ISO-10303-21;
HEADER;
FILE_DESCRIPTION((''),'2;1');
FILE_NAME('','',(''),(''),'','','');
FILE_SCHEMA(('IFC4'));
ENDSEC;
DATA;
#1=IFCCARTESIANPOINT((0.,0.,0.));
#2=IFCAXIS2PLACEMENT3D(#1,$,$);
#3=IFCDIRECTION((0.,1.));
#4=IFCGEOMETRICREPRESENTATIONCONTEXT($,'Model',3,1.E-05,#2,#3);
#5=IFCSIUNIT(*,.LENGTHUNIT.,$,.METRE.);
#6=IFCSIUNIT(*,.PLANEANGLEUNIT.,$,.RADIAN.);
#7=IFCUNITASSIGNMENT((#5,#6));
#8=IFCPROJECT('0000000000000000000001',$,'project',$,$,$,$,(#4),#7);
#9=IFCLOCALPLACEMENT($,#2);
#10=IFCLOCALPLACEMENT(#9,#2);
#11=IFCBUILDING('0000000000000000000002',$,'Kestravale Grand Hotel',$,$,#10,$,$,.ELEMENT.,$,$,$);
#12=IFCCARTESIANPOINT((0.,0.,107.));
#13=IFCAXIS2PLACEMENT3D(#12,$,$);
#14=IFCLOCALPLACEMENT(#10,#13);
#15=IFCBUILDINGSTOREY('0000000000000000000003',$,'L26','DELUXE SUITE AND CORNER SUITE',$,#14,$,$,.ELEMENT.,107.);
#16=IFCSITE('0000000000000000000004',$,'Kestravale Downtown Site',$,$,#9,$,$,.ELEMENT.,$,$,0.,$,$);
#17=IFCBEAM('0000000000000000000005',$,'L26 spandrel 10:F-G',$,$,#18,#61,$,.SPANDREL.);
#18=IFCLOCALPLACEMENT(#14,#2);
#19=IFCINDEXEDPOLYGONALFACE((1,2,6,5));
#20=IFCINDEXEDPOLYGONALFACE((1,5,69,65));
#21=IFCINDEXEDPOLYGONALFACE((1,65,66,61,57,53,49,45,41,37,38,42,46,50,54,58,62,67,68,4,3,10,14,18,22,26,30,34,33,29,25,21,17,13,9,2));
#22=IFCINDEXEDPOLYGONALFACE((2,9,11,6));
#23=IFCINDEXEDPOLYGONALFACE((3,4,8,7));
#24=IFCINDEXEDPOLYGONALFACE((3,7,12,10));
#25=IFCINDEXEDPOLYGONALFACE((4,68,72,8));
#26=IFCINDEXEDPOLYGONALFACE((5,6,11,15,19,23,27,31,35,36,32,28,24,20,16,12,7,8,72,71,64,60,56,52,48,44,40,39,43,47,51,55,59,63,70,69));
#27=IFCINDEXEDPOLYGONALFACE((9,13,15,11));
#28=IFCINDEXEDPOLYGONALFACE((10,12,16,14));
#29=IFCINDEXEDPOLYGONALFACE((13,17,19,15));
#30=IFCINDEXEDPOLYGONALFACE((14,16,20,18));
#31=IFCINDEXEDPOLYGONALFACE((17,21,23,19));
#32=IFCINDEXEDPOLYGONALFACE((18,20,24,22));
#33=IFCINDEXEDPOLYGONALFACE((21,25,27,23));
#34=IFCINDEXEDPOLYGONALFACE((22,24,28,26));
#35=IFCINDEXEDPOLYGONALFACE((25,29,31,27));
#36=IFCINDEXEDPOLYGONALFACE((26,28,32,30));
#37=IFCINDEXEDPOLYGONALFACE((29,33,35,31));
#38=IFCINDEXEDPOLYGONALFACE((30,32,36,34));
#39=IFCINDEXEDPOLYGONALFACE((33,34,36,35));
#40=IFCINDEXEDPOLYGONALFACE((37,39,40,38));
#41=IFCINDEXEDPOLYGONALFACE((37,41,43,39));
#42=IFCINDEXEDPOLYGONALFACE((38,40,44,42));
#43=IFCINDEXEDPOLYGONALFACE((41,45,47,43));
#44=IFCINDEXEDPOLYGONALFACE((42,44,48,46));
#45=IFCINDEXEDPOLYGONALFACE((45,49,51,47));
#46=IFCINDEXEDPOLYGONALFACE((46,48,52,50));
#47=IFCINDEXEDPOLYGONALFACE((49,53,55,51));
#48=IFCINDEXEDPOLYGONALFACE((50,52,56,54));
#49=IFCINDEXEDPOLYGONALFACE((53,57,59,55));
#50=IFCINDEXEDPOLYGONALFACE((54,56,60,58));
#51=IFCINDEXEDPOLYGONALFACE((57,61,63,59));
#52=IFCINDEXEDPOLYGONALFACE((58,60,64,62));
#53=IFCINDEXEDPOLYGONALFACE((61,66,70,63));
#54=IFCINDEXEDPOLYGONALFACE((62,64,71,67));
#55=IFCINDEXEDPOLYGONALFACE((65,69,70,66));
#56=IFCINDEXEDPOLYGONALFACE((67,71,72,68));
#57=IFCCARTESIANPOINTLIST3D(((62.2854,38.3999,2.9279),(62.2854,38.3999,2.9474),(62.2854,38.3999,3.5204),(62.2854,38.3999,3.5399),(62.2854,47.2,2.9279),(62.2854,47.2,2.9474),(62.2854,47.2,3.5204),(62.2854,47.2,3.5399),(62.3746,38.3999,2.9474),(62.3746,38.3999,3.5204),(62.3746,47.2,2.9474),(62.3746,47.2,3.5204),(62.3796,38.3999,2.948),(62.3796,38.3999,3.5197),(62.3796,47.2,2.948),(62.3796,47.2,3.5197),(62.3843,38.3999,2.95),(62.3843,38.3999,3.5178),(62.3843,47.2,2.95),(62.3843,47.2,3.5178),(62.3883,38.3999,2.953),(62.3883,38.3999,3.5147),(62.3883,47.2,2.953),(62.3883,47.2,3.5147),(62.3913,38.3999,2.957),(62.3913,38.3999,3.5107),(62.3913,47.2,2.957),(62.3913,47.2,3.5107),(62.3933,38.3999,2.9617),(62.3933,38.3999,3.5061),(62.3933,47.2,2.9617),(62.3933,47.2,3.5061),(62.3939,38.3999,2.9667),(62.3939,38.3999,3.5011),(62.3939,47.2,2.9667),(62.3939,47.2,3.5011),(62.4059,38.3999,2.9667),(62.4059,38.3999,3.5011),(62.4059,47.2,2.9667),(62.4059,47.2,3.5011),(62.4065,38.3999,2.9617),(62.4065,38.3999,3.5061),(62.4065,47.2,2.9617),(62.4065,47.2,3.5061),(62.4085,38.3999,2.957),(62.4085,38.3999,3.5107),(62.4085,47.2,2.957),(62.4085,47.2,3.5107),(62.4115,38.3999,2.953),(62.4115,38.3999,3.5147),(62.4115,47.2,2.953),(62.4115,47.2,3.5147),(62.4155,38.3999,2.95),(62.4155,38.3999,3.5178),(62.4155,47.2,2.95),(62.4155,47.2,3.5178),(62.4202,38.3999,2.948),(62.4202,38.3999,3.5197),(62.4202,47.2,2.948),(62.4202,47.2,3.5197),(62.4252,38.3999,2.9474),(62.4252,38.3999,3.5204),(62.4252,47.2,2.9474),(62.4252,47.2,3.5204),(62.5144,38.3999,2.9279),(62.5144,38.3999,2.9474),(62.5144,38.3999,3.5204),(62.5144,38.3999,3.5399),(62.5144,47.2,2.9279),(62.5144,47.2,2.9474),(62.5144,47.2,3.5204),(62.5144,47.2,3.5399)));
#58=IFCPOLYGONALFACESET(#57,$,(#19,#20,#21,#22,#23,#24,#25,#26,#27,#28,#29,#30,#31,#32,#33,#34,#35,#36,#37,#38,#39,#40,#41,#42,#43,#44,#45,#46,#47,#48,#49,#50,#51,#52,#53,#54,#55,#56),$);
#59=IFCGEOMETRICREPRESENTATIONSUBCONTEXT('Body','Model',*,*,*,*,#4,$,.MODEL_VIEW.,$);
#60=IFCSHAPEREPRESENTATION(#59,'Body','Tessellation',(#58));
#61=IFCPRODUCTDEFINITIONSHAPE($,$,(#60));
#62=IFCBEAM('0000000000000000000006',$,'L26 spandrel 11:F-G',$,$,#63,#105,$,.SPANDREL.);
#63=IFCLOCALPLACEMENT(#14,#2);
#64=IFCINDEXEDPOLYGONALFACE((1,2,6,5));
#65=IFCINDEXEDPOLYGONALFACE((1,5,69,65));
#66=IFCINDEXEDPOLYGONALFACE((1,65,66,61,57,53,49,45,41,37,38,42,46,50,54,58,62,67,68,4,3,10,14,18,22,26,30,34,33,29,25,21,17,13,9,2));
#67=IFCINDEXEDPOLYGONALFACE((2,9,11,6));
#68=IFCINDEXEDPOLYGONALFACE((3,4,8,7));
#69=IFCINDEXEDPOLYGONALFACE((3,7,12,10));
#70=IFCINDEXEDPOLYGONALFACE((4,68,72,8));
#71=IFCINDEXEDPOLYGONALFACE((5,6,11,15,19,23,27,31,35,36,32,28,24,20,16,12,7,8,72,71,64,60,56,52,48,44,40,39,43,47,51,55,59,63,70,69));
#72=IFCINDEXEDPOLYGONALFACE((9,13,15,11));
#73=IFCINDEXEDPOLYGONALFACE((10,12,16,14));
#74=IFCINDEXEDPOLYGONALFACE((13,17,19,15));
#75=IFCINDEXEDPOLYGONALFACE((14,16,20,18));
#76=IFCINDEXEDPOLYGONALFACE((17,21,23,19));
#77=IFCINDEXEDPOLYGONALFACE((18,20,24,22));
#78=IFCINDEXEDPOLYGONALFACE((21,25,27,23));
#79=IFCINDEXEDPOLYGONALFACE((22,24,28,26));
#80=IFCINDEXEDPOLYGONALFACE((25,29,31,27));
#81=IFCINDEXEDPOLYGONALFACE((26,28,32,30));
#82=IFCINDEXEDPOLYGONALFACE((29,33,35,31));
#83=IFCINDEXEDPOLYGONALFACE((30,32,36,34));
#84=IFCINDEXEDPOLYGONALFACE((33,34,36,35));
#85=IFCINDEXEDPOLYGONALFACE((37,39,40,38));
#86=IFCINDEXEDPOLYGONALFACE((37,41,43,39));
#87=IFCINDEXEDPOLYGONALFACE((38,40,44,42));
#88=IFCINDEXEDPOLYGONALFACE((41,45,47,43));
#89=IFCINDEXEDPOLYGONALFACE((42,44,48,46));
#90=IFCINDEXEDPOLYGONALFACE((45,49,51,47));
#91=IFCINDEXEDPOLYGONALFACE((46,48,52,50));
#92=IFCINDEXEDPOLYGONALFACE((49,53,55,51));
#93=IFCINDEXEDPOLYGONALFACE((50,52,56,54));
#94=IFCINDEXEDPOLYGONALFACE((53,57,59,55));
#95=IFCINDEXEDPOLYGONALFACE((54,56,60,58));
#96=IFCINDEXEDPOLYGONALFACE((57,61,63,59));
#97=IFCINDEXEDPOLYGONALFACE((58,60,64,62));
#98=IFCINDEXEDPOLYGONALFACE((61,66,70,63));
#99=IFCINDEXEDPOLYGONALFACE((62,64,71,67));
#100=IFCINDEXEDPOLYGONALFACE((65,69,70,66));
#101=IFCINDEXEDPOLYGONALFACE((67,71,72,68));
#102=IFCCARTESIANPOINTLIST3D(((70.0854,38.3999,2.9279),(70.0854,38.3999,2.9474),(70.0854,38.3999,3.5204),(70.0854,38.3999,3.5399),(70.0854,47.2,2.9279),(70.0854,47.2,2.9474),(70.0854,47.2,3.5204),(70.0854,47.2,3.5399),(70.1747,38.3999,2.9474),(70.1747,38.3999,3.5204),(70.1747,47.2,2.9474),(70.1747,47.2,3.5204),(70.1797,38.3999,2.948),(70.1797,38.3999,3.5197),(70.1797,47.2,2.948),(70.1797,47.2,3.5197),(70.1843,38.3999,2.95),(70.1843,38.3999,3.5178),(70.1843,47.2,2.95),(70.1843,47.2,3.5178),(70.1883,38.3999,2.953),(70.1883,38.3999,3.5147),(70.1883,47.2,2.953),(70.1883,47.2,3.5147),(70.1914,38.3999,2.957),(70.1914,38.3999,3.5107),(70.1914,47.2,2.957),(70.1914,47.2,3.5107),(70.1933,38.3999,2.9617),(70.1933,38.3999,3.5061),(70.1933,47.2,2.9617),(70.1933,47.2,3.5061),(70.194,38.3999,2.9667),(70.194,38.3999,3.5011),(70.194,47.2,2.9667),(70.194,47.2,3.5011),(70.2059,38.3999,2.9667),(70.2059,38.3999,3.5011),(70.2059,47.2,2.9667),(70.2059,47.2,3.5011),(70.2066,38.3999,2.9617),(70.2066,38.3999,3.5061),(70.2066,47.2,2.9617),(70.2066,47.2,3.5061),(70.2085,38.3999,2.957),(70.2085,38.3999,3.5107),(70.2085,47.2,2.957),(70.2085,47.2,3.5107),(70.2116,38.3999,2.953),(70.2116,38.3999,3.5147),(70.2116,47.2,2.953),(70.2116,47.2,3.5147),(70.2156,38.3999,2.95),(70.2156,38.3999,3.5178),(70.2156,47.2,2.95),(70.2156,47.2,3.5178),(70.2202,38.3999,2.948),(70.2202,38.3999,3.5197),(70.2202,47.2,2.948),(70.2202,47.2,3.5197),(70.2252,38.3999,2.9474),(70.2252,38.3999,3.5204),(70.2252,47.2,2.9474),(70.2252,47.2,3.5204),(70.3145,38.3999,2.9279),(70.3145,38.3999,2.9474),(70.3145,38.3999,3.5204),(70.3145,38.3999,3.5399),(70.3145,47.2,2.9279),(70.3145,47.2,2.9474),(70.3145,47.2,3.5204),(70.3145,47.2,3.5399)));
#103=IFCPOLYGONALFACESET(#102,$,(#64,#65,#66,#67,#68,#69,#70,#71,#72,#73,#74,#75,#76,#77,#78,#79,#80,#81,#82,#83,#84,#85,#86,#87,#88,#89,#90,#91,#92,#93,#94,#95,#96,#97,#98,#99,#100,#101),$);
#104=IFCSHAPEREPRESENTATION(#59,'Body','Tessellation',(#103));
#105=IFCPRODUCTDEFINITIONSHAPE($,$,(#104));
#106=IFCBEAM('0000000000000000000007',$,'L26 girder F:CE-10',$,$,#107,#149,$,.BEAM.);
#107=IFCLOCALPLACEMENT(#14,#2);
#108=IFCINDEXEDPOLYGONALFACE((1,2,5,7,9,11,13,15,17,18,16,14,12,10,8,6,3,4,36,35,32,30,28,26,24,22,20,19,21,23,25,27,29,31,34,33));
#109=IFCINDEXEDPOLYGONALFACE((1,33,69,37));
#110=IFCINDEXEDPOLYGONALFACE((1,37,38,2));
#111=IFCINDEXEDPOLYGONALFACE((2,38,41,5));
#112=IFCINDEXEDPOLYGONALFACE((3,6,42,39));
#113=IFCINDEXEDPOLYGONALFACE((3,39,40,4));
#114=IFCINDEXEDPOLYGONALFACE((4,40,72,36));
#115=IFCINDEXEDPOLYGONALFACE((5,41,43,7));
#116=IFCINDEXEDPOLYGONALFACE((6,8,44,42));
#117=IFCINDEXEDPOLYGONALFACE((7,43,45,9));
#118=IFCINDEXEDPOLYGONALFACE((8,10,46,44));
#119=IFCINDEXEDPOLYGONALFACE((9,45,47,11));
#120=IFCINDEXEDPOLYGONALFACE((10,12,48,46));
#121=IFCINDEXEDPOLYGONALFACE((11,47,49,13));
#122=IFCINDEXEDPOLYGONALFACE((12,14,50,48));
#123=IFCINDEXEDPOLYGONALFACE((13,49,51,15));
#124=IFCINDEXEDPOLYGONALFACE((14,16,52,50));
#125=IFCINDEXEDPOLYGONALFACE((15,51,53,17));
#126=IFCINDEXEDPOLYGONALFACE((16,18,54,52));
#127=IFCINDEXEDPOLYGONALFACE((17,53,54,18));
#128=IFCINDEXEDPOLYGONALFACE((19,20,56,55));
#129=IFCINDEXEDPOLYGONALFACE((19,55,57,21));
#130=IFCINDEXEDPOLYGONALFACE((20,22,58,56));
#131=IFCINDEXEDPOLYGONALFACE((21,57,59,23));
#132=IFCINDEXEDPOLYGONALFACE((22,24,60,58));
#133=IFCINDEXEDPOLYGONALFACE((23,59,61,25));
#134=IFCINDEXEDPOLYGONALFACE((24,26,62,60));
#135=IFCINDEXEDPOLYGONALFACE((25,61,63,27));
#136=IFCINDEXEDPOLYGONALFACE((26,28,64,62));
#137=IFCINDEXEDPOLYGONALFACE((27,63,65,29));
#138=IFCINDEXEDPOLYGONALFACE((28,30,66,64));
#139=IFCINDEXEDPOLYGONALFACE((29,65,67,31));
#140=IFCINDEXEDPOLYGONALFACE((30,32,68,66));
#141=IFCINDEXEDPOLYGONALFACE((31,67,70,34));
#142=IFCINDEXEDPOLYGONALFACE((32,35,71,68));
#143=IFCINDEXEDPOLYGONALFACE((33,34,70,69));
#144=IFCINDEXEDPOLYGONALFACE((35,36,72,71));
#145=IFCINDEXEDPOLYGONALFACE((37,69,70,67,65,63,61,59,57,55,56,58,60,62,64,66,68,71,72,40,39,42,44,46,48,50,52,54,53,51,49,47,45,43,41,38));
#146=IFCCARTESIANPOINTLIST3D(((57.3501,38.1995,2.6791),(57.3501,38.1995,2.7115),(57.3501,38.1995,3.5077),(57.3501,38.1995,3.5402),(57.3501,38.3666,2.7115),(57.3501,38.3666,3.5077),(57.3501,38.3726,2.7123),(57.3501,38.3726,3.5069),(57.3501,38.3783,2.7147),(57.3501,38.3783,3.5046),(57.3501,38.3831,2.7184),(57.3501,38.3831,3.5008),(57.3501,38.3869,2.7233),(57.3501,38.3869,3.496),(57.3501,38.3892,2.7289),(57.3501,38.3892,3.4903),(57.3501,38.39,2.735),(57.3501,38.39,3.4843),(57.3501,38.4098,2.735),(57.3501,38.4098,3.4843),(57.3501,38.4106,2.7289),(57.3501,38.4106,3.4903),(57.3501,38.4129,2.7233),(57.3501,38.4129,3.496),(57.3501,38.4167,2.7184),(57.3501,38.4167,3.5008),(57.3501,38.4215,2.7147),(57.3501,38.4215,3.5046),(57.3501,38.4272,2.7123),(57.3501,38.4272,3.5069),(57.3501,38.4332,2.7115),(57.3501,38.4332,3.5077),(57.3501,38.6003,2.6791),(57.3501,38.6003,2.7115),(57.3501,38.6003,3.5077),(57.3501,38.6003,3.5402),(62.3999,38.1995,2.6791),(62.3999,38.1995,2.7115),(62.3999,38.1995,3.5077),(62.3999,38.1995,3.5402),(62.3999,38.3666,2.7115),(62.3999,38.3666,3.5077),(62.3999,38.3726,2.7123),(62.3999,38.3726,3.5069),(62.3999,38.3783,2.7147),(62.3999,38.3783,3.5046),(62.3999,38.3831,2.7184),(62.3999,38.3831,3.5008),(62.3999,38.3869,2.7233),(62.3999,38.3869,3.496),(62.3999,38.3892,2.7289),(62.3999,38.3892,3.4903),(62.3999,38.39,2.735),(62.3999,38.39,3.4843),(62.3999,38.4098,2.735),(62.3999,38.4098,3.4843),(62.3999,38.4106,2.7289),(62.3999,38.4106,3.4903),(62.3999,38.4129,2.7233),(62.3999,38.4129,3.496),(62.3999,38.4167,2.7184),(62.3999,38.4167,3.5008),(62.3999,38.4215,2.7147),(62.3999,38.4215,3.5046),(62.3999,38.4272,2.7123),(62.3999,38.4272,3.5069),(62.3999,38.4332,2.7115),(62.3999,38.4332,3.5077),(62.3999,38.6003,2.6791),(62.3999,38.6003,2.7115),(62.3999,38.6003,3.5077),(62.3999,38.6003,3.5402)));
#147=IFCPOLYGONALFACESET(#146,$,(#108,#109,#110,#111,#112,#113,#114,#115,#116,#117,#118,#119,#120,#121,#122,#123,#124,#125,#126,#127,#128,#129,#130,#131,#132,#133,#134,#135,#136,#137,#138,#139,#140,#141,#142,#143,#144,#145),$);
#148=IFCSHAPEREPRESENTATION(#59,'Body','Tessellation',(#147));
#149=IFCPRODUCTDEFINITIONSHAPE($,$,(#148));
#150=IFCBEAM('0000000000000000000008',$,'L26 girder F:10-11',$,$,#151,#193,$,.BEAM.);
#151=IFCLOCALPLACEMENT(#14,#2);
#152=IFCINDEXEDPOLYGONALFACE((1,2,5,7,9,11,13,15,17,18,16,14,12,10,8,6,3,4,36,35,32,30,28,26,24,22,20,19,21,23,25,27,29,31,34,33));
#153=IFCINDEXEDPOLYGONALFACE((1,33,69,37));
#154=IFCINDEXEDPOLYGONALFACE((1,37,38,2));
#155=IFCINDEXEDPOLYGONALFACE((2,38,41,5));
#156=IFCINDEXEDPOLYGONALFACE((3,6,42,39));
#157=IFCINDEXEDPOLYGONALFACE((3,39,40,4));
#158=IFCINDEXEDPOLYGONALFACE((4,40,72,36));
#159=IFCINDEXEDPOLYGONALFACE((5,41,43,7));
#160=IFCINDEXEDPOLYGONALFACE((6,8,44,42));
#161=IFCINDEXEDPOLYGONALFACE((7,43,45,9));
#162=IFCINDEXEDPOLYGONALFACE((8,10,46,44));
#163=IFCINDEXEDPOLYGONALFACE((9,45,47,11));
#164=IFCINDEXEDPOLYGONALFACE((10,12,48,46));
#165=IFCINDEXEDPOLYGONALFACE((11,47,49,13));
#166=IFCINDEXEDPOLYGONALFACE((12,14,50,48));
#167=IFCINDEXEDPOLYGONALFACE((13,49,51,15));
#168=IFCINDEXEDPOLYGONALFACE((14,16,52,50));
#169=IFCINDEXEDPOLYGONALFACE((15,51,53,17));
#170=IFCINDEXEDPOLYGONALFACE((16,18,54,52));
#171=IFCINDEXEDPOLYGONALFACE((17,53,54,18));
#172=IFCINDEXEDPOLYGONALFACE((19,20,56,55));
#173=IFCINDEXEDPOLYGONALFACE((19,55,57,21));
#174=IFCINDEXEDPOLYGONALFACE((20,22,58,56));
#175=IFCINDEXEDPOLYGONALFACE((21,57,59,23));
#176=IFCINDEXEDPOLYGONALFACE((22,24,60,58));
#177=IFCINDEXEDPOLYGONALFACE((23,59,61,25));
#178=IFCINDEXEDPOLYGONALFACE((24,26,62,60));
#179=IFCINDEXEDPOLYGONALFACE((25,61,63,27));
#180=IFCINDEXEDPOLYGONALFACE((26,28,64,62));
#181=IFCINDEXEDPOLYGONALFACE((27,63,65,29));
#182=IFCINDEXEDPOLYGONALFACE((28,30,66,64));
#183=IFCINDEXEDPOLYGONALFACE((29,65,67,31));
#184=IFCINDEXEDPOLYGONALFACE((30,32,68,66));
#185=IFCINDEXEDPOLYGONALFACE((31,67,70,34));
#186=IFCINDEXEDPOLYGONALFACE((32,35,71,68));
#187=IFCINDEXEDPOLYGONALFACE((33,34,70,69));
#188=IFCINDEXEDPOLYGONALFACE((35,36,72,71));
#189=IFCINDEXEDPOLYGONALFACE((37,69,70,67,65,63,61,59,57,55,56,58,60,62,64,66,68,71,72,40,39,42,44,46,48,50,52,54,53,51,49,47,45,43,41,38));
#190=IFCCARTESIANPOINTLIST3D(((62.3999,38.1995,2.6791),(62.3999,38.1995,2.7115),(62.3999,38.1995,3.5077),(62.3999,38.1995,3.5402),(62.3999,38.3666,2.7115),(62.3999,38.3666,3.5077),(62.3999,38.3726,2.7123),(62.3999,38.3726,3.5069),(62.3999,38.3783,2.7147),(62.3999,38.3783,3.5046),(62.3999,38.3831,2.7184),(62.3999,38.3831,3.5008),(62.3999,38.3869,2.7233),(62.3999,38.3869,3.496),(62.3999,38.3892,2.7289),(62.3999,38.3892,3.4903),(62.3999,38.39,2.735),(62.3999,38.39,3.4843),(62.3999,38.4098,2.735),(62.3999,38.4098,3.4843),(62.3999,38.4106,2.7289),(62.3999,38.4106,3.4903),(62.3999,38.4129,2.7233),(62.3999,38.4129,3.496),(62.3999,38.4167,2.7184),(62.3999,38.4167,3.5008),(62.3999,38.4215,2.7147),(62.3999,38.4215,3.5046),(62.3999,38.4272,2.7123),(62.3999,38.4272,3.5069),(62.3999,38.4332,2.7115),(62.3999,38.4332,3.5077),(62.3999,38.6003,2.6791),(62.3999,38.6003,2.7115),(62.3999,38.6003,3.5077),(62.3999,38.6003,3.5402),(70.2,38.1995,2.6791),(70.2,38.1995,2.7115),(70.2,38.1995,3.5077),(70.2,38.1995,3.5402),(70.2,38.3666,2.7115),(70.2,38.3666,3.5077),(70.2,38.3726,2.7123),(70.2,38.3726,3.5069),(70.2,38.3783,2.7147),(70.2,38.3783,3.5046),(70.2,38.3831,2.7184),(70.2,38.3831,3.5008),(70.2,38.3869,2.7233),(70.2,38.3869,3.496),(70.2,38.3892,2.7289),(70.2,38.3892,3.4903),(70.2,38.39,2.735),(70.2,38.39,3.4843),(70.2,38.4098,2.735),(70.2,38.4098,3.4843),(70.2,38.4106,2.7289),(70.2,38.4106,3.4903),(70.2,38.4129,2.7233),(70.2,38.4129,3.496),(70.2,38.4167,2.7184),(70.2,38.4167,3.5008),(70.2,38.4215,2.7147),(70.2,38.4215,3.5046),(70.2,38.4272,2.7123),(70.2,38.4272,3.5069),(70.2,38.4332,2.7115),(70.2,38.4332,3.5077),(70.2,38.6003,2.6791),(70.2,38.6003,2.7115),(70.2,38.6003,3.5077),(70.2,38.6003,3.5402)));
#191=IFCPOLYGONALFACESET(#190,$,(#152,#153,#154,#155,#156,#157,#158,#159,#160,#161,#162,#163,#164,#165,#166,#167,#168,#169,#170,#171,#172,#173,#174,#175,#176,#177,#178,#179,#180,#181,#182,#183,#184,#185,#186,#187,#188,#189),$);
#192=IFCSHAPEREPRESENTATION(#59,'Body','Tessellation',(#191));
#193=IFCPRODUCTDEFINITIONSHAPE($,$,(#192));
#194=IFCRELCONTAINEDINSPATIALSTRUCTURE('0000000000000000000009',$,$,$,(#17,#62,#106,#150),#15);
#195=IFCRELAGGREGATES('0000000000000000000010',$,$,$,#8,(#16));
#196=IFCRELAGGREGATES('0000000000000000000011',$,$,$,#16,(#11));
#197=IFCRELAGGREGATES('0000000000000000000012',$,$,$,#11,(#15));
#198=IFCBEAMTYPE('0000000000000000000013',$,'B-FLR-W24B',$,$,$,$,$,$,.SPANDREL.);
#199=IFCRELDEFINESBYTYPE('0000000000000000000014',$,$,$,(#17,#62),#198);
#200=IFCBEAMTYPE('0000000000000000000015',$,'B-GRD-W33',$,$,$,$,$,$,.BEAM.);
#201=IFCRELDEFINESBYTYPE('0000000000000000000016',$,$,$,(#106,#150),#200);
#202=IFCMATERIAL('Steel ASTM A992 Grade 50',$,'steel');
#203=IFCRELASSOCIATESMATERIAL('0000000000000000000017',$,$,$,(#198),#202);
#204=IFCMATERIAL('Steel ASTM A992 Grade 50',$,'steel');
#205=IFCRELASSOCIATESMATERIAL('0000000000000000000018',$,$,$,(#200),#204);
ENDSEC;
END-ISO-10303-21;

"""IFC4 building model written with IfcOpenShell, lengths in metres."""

from ifc_helpers import new_model, si_unit, direction, frame, origin, origin_2d, place, context, subcontext, project, spatial, i_section, extrude, material, material_profile, profile_set, type_object, element, save


model = new_model("IFC4")

# Units and contexts
model_context = context("Model", 3, precision=1e-05, world=origin(), true_north=direction((0.0, 1.0)))
body_context = subcontext(model_context, "Body", "Model", "MODEL_VIEW")
ifc_project = project(units=[si_unit("LENGTHUNIT", "METRE"), si_unit("PLANEANGLEUNIT", "RADIAN")], contexts=[model_context])

# Site, building, storey
site_placement = place(None, origin())
site = spatial("IfcSite", under=ifc_project, at=site_placement, Name="Kestravale Downtown Site", CompositionType="ELEMENT", RefElevation=0.0)
building_placement = place(site_placement, origin())
building = spatial("IfcBuilding", under=site, at=building_placement, Name="Kestravale Grand Hotel", CompositionType="ELEMENT")
storey_placement = place(building_placement, frame((0.0, 0.0, 107.0)))
storey = spatial("IfcBuildingStorey", under=building, at=storey_placement, Name="L26", Description="DELUXE SUITE AND CORNER SUITE", CompositionType="ELEMENT", Elevation=107.0)

# Beams
ifc_material_1 = material(Name="Steel ASTM A992 Grade 50", Category="steel")
ifc_material_profile_1 = material_profile(ifc_material_1, i_section(OverallWidth=0.229, OverallDepth=0.6121, WebThickness=0.012, FlangeThickness=0.0195, FilletRadius=0.0193, at=origin_2d()))
ifc_profile_set_1 = profile_set([ifc_material_profile_1], Name="Steel ASTM A992 Grade 50")
beam_type_1 = type_object("IfcBeamType", Name="B-FLR-W24B", PredefinedType="SPANDREL", material=ifc_profile_set_1)
for number, where, z_axis, x_axis, name in (
    (1, (62.3999, 38.3999, 3.2339), (0.0, 1.0, 0.0), (-1.0, 0.0, 0.0), "L26 spandrel 10:F-G"),
    (2, (70.2, 38.3999, 3.2339), (0.0, 1.0, 0.0), (-1.0, 0.0, 0.0), "L26 spandrel 11:F-G"),
):
    element("IfcBeam", number, at=place(storey_placement, frame(where, z_axis=z_axis, x_axis=x_axis)), inside=storey, type_object=beam_type_1, Name=name, PredefinedType="SPANDREL", context=body_context, shape_type="SweptSolid", body=[
        extrude(i_section(OverallWidth=0.229, OverallDepth=0.6121, WebThickness=0.012, FlangeThickness=0.0195, FilletRadius=0.0193, at=origin_2d()), origin(), (0.0, 0.0, 1.0), 8.8),
    ])
ifc_material_2 = material(Name="Steel ASTM A992 Grade 50", Category="steel")
ifc_material_profile_2 = material_profile(ifc_material_2, i_section(OverallWidth=0.4009, OverallDepth=0.8611, WebThickness=0.0198, FlangeThickness=0.0325, FilletRadius=0.0234, at=origin_2d()))
ifc_profile_set_2 = profile_set([ifc_material_profile_2], Name="Steel ASTM A992 Grade 50")
beam_type_2 = type_object("IfcBeamType", Name="B-GRD-W33", PredefinedType="BEAM", material=ifc_profile_set_2)
beam_1_placement = place(storey_placement, frame((57.3501, 38.3999, 3.1096), z_axis=(1.0, 0.0, 0.0), x_axis=(0.0, 1.0, 0.0)))
element("IfcBeam", 3, at=beam_1_placement, inside=storey, type_object=beam_type_2, Name="L26 girder F:CE-10", PredefinedType="BEAM", context=body_context, shape_type="SweptSolid", body=[
    extrude(i_section(OverallWidth=0.4009, OverallDepth=0.8611, WebThickness=0.0198, FlangeThickness=0.0325, FilletRadius=0.0234, at=origin_2d()), origin(), (0.0, 0.0, 1.0), 5.0498),
])
beam_2_placement = place(storey_placement, frame((62.3999, 38.3999, 3.1096), z_axis=(1.0, 0.0, 0.0), x_axis=(0.0, 1.0, 0.0)))
element("IfcBeam", 4, at=beam_2_placement, inside=storey, type_object=beam_type_2, Name="L26 girder F:10-11", PredefinedType="BEAM", context=body_context, shape_type="SweptSolid", body=[
    extrude(i_section(OverallWidth=0.4009, OverallDepth=0.8611, WebThickness=0.0198, FlangeThickness=0.0325, FilletRadius=0.0234, at=origin_2d()), origin(), (0.0, 0.0, 1.0), 7.8),
])

save(model, "model.ifc")
